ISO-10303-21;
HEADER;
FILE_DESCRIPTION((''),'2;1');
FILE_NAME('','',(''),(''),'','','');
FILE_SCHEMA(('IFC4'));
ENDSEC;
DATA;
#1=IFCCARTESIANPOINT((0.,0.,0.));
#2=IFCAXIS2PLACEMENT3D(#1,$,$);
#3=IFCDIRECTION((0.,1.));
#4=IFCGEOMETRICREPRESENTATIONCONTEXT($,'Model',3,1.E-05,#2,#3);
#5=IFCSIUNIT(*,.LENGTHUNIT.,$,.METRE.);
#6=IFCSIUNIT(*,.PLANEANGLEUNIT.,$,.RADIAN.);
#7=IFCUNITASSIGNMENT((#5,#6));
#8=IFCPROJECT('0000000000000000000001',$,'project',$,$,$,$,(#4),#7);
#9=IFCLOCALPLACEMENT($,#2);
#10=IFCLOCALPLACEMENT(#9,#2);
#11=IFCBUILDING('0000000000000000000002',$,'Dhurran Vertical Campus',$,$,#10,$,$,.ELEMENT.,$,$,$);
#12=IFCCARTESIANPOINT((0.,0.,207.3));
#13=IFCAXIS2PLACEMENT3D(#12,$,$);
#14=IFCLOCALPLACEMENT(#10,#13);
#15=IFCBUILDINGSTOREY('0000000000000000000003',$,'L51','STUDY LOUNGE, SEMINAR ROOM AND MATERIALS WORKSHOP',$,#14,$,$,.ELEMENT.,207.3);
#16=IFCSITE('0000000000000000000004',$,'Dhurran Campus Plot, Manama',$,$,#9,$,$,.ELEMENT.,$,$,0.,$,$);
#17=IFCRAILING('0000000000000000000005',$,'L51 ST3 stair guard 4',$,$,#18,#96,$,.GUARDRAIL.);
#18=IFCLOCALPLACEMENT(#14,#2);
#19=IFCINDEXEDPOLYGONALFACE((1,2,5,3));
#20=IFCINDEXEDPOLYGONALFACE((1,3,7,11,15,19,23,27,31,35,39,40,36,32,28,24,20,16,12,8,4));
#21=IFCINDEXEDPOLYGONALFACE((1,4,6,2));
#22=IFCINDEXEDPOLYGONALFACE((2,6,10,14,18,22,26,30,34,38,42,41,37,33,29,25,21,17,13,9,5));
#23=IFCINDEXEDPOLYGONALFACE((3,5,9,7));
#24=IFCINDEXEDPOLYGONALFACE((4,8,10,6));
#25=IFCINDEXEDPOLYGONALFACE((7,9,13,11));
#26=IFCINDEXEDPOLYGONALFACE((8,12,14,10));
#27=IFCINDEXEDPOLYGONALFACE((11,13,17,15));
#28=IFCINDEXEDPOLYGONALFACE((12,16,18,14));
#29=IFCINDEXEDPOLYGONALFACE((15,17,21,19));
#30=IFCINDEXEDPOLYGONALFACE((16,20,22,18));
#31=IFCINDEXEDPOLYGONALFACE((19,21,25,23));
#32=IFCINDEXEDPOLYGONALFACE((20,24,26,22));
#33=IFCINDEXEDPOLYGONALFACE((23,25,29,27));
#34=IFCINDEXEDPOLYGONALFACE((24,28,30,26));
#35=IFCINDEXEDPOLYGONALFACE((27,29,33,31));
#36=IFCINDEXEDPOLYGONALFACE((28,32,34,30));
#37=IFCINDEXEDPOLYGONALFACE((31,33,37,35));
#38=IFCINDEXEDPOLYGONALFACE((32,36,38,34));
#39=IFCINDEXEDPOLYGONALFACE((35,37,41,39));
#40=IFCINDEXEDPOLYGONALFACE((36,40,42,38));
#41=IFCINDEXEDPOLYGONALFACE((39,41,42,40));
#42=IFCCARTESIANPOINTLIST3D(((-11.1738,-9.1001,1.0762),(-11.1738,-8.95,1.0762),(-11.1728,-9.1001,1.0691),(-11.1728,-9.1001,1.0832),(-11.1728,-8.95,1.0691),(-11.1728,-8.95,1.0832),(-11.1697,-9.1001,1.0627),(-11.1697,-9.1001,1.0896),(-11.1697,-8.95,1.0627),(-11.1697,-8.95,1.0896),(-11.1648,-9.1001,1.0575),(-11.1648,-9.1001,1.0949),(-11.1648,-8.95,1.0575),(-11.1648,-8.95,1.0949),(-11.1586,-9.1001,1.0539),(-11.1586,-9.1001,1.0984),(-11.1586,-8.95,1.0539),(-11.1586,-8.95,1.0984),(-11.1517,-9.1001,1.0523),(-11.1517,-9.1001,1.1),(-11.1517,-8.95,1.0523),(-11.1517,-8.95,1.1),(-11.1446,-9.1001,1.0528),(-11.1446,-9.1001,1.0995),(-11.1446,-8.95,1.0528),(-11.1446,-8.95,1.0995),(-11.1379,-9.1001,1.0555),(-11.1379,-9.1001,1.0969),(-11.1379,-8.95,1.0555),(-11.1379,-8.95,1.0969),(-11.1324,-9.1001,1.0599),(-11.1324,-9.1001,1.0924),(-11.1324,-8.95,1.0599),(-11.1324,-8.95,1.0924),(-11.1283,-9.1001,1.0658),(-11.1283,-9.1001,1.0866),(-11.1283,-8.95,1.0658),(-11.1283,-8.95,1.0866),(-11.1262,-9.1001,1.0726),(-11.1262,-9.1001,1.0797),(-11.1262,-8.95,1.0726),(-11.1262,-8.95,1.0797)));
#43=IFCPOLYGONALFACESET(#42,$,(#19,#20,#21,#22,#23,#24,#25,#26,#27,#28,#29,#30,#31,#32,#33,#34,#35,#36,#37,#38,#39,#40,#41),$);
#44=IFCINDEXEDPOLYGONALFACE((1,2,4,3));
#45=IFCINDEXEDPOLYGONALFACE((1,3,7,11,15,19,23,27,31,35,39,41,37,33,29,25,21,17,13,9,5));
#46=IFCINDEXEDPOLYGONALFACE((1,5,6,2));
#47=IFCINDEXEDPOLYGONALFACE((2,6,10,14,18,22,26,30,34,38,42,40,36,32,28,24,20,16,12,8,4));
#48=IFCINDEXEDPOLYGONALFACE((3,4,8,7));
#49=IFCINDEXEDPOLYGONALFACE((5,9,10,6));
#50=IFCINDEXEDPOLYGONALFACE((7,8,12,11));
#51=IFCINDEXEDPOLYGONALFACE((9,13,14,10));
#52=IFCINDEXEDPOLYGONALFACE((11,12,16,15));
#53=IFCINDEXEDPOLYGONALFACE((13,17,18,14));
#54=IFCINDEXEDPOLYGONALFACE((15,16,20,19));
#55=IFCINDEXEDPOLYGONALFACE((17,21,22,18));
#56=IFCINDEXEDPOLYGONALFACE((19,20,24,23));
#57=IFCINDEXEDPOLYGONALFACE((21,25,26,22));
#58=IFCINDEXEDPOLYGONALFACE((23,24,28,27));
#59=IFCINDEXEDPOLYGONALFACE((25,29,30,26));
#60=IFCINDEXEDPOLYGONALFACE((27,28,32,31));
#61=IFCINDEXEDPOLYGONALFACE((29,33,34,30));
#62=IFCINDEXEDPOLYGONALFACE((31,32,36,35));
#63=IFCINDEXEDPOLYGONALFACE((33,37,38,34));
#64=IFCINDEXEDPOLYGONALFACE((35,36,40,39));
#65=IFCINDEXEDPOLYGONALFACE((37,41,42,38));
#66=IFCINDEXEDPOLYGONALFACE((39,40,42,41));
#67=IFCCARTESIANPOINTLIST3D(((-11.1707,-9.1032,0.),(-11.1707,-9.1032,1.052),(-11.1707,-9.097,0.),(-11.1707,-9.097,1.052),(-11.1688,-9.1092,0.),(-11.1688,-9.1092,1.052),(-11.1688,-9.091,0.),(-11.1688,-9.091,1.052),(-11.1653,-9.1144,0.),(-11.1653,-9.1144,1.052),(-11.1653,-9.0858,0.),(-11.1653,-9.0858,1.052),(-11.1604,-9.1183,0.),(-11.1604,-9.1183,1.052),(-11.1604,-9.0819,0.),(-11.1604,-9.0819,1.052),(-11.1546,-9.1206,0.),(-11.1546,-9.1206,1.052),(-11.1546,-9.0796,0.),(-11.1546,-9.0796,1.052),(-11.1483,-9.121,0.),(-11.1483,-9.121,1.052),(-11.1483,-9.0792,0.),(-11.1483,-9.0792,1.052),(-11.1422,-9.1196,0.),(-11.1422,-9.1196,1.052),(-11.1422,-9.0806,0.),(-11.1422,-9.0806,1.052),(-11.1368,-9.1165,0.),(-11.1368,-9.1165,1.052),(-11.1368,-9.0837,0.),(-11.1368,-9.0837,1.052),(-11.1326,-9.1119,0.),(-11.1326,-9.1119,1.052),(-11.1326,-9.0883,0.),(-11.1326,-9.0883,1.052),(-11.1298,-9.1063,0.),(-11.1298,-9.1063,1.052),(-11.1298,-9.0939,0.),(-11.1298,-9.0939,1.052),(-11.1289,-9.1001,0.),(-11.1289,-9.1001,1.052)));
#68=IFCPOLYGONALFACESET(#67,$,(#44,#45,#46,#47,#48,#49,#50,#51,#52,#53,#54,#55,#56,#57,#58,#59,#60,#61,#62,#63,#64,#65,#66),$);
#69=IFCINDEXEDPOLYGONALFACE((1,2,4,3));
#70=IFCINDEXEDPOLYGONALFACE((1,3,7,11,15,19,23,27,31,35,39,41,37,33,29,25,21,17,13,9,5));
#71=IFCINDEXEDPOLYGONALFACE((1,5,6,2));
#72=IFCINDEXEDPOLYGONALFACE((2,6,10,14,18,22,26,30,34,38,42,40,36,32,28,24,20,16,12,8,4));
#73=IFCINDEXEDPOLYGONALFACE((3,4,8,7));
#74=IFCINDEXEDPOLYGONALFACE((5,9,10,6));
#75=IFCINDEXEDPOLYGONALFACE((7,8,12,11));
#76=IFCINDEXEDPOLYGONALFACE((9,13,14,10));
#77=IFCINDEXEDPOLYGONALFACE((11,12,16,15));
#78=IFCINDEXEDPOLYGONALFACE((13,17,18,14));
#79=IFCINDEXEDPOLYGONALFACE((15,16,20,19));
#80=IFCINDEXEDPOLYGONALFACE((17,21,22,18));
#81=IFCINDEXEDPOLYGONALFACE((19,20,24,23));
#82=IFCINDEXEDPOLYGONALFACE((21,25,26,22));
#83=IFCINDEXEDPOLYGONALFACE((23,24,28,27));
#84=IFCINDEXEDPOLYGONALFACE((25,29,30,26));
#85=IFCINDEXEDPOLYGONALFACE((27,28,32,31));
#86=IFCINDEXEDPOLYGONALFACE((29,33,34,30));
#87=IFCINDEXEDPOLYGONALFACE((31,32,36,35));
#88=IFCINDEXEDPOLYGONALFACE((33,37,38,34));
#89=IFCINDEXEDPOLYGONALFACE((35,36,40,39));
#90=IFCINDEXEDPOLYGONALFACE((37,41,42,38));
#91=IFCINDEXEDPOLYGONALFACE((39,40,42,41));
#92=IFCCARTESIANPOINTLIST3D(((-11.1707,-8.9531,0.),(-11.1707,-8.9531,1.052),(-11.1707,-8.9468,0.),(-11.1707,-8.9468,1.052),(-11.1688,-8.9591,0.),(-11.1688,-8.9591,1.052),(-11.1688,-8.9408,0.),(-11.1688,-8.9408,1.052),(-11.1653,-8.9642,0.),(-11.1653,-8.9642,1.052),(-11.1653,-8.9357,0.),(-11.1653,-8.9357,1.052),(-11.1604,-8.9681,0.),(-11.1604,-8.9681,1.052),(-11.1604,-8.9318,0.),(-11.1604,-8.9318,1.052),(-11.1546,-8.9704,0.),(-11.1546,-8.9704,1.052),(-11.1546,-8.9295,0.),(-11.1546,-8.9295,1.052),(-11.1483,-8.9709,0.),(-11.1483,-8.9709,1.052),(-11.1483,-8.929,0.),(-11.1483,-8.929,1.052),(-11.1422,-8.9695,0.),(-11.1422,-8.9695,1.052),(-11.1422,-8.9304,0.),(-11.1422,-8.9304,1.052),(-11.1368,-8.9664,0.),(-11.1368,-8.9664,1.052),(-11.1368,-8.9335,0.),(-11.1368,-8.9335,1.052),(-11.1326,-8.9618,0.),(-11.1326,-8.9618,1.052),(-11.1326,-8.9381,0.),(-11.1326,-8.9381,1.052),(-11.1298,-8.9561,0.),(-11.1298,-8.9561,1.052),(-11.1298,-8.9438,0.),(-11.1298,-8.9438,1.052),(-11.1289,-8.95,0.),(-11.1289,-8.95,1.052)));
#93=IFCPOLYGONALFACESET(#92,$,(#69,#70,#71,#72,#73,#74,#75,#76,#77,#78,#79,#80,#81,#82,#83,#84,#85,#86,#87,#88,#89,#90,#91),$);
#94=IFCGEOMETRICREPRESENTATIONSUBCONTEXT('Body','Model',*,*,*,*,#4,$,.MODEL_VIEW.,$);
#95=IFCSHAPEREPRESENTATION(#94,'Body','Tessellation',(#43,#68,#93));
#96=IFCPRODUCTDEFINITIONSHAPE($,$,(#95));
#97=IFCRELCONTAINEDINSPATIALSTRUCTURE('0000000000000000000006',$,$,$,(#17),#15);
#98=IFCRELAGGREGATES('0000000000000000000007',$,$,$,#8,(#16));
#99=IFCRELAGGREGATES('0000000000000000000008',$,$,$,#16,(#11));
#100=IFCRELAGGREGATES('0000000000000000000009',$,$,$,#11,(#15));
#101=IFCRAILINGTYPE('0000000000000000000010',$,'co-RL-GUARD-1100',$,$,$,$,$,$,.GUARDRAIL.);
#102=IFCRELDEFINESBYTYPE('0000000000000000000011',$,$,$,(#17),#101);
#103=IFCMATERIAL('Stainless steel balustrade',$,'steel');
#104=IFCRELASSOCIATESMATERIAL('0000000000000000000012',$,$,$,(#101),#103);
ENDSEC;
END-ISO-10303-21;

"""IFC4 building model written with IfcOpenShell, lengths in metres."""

from ifc_helpers import new_model, si_unit, direction, frame, origin, origin_2d, place, context, subcontext, project, spatial, circle, extrude, material, type_object, element, save


model = new_model("IFC4")

# Units and contexts
model_context = context("Model", 3, precision=1e-05, world=origin(), true_north=direction((0.0, 1.0)))
body_context = subcontext(model_context, "Body", "Model", "MODEL_VIEW")
ifc_project = project(units=[si_unit("LENGTHUNIT", "METRE"), si_unit("PLANEANGLEUNIT", "RADIAN")], contexts=[model_context])

# Site, building, storey
site_placement = place(None, origin())
site = spatial("IfcSite", under=ifc_project, at=site_placement, Name="Dhurran Campus Plot, Manama", CompositionType="ELEMENT", RefElevation=0.0)
building_placement = place(site_placement, origin())
building = spatial("IfcBuilding", under=site, at=building_placement, Name="Dhurran Vertical Campus", CompositionType="ELEMENT")
storey_placement = place(building_placement, frame((0.0, 0.0, 207.3)))
storey = spatial("IfcBuildingStorey", under=building, at=storey_placement, Name="L51", Description="STUDY LOUNGE, SEMINAR ROOM AND MATERIALS WORKSHOP", CompositionType="ELEMENT", Elevation=207.3)

# Railing
ifc_material_1 = material(Name="Stainless steel balustrade", Category="steel")
railing_type_1 = type_object("IfcRailingType", Name="co-RL-GUARD-1100", PredefinedType="GUARDRAIL", material=ifc_material_1)
railing_1_placement = place(storey_placement, frame((-11.1499, -9.1001, 0.0)))
element("IfcRailing", 1, at=railing_1_placement, inside=storey, type_object=railing_type_1, Name="L51 ST3 stair guard 4", PredefinedType="GUARDRAIL", context=body_context, shape_type="SweptSolid", body=[
    extrude(circle(Radius=0.0239, at=origin_2d()), frame((0.0, 0.0, 1.0762), z_axis=(0.0, 1.0, 0.0), x_axis=(-1.0, 0.0, 0.0)), (0.0, 0.0, 1.0), 0.1501),
    extrude(circle(Radius=0.021, at=origin_2d()), origin(), (0.0, 0.0, 1.0), 1.052),
    extrude(circle(Radius=0.021, at=origin_2d()), frame((0.0, 0.1501, 0.0)), (0.0, 0.0, 1.0), 1.052),
])

save(model, "model.ifc")
